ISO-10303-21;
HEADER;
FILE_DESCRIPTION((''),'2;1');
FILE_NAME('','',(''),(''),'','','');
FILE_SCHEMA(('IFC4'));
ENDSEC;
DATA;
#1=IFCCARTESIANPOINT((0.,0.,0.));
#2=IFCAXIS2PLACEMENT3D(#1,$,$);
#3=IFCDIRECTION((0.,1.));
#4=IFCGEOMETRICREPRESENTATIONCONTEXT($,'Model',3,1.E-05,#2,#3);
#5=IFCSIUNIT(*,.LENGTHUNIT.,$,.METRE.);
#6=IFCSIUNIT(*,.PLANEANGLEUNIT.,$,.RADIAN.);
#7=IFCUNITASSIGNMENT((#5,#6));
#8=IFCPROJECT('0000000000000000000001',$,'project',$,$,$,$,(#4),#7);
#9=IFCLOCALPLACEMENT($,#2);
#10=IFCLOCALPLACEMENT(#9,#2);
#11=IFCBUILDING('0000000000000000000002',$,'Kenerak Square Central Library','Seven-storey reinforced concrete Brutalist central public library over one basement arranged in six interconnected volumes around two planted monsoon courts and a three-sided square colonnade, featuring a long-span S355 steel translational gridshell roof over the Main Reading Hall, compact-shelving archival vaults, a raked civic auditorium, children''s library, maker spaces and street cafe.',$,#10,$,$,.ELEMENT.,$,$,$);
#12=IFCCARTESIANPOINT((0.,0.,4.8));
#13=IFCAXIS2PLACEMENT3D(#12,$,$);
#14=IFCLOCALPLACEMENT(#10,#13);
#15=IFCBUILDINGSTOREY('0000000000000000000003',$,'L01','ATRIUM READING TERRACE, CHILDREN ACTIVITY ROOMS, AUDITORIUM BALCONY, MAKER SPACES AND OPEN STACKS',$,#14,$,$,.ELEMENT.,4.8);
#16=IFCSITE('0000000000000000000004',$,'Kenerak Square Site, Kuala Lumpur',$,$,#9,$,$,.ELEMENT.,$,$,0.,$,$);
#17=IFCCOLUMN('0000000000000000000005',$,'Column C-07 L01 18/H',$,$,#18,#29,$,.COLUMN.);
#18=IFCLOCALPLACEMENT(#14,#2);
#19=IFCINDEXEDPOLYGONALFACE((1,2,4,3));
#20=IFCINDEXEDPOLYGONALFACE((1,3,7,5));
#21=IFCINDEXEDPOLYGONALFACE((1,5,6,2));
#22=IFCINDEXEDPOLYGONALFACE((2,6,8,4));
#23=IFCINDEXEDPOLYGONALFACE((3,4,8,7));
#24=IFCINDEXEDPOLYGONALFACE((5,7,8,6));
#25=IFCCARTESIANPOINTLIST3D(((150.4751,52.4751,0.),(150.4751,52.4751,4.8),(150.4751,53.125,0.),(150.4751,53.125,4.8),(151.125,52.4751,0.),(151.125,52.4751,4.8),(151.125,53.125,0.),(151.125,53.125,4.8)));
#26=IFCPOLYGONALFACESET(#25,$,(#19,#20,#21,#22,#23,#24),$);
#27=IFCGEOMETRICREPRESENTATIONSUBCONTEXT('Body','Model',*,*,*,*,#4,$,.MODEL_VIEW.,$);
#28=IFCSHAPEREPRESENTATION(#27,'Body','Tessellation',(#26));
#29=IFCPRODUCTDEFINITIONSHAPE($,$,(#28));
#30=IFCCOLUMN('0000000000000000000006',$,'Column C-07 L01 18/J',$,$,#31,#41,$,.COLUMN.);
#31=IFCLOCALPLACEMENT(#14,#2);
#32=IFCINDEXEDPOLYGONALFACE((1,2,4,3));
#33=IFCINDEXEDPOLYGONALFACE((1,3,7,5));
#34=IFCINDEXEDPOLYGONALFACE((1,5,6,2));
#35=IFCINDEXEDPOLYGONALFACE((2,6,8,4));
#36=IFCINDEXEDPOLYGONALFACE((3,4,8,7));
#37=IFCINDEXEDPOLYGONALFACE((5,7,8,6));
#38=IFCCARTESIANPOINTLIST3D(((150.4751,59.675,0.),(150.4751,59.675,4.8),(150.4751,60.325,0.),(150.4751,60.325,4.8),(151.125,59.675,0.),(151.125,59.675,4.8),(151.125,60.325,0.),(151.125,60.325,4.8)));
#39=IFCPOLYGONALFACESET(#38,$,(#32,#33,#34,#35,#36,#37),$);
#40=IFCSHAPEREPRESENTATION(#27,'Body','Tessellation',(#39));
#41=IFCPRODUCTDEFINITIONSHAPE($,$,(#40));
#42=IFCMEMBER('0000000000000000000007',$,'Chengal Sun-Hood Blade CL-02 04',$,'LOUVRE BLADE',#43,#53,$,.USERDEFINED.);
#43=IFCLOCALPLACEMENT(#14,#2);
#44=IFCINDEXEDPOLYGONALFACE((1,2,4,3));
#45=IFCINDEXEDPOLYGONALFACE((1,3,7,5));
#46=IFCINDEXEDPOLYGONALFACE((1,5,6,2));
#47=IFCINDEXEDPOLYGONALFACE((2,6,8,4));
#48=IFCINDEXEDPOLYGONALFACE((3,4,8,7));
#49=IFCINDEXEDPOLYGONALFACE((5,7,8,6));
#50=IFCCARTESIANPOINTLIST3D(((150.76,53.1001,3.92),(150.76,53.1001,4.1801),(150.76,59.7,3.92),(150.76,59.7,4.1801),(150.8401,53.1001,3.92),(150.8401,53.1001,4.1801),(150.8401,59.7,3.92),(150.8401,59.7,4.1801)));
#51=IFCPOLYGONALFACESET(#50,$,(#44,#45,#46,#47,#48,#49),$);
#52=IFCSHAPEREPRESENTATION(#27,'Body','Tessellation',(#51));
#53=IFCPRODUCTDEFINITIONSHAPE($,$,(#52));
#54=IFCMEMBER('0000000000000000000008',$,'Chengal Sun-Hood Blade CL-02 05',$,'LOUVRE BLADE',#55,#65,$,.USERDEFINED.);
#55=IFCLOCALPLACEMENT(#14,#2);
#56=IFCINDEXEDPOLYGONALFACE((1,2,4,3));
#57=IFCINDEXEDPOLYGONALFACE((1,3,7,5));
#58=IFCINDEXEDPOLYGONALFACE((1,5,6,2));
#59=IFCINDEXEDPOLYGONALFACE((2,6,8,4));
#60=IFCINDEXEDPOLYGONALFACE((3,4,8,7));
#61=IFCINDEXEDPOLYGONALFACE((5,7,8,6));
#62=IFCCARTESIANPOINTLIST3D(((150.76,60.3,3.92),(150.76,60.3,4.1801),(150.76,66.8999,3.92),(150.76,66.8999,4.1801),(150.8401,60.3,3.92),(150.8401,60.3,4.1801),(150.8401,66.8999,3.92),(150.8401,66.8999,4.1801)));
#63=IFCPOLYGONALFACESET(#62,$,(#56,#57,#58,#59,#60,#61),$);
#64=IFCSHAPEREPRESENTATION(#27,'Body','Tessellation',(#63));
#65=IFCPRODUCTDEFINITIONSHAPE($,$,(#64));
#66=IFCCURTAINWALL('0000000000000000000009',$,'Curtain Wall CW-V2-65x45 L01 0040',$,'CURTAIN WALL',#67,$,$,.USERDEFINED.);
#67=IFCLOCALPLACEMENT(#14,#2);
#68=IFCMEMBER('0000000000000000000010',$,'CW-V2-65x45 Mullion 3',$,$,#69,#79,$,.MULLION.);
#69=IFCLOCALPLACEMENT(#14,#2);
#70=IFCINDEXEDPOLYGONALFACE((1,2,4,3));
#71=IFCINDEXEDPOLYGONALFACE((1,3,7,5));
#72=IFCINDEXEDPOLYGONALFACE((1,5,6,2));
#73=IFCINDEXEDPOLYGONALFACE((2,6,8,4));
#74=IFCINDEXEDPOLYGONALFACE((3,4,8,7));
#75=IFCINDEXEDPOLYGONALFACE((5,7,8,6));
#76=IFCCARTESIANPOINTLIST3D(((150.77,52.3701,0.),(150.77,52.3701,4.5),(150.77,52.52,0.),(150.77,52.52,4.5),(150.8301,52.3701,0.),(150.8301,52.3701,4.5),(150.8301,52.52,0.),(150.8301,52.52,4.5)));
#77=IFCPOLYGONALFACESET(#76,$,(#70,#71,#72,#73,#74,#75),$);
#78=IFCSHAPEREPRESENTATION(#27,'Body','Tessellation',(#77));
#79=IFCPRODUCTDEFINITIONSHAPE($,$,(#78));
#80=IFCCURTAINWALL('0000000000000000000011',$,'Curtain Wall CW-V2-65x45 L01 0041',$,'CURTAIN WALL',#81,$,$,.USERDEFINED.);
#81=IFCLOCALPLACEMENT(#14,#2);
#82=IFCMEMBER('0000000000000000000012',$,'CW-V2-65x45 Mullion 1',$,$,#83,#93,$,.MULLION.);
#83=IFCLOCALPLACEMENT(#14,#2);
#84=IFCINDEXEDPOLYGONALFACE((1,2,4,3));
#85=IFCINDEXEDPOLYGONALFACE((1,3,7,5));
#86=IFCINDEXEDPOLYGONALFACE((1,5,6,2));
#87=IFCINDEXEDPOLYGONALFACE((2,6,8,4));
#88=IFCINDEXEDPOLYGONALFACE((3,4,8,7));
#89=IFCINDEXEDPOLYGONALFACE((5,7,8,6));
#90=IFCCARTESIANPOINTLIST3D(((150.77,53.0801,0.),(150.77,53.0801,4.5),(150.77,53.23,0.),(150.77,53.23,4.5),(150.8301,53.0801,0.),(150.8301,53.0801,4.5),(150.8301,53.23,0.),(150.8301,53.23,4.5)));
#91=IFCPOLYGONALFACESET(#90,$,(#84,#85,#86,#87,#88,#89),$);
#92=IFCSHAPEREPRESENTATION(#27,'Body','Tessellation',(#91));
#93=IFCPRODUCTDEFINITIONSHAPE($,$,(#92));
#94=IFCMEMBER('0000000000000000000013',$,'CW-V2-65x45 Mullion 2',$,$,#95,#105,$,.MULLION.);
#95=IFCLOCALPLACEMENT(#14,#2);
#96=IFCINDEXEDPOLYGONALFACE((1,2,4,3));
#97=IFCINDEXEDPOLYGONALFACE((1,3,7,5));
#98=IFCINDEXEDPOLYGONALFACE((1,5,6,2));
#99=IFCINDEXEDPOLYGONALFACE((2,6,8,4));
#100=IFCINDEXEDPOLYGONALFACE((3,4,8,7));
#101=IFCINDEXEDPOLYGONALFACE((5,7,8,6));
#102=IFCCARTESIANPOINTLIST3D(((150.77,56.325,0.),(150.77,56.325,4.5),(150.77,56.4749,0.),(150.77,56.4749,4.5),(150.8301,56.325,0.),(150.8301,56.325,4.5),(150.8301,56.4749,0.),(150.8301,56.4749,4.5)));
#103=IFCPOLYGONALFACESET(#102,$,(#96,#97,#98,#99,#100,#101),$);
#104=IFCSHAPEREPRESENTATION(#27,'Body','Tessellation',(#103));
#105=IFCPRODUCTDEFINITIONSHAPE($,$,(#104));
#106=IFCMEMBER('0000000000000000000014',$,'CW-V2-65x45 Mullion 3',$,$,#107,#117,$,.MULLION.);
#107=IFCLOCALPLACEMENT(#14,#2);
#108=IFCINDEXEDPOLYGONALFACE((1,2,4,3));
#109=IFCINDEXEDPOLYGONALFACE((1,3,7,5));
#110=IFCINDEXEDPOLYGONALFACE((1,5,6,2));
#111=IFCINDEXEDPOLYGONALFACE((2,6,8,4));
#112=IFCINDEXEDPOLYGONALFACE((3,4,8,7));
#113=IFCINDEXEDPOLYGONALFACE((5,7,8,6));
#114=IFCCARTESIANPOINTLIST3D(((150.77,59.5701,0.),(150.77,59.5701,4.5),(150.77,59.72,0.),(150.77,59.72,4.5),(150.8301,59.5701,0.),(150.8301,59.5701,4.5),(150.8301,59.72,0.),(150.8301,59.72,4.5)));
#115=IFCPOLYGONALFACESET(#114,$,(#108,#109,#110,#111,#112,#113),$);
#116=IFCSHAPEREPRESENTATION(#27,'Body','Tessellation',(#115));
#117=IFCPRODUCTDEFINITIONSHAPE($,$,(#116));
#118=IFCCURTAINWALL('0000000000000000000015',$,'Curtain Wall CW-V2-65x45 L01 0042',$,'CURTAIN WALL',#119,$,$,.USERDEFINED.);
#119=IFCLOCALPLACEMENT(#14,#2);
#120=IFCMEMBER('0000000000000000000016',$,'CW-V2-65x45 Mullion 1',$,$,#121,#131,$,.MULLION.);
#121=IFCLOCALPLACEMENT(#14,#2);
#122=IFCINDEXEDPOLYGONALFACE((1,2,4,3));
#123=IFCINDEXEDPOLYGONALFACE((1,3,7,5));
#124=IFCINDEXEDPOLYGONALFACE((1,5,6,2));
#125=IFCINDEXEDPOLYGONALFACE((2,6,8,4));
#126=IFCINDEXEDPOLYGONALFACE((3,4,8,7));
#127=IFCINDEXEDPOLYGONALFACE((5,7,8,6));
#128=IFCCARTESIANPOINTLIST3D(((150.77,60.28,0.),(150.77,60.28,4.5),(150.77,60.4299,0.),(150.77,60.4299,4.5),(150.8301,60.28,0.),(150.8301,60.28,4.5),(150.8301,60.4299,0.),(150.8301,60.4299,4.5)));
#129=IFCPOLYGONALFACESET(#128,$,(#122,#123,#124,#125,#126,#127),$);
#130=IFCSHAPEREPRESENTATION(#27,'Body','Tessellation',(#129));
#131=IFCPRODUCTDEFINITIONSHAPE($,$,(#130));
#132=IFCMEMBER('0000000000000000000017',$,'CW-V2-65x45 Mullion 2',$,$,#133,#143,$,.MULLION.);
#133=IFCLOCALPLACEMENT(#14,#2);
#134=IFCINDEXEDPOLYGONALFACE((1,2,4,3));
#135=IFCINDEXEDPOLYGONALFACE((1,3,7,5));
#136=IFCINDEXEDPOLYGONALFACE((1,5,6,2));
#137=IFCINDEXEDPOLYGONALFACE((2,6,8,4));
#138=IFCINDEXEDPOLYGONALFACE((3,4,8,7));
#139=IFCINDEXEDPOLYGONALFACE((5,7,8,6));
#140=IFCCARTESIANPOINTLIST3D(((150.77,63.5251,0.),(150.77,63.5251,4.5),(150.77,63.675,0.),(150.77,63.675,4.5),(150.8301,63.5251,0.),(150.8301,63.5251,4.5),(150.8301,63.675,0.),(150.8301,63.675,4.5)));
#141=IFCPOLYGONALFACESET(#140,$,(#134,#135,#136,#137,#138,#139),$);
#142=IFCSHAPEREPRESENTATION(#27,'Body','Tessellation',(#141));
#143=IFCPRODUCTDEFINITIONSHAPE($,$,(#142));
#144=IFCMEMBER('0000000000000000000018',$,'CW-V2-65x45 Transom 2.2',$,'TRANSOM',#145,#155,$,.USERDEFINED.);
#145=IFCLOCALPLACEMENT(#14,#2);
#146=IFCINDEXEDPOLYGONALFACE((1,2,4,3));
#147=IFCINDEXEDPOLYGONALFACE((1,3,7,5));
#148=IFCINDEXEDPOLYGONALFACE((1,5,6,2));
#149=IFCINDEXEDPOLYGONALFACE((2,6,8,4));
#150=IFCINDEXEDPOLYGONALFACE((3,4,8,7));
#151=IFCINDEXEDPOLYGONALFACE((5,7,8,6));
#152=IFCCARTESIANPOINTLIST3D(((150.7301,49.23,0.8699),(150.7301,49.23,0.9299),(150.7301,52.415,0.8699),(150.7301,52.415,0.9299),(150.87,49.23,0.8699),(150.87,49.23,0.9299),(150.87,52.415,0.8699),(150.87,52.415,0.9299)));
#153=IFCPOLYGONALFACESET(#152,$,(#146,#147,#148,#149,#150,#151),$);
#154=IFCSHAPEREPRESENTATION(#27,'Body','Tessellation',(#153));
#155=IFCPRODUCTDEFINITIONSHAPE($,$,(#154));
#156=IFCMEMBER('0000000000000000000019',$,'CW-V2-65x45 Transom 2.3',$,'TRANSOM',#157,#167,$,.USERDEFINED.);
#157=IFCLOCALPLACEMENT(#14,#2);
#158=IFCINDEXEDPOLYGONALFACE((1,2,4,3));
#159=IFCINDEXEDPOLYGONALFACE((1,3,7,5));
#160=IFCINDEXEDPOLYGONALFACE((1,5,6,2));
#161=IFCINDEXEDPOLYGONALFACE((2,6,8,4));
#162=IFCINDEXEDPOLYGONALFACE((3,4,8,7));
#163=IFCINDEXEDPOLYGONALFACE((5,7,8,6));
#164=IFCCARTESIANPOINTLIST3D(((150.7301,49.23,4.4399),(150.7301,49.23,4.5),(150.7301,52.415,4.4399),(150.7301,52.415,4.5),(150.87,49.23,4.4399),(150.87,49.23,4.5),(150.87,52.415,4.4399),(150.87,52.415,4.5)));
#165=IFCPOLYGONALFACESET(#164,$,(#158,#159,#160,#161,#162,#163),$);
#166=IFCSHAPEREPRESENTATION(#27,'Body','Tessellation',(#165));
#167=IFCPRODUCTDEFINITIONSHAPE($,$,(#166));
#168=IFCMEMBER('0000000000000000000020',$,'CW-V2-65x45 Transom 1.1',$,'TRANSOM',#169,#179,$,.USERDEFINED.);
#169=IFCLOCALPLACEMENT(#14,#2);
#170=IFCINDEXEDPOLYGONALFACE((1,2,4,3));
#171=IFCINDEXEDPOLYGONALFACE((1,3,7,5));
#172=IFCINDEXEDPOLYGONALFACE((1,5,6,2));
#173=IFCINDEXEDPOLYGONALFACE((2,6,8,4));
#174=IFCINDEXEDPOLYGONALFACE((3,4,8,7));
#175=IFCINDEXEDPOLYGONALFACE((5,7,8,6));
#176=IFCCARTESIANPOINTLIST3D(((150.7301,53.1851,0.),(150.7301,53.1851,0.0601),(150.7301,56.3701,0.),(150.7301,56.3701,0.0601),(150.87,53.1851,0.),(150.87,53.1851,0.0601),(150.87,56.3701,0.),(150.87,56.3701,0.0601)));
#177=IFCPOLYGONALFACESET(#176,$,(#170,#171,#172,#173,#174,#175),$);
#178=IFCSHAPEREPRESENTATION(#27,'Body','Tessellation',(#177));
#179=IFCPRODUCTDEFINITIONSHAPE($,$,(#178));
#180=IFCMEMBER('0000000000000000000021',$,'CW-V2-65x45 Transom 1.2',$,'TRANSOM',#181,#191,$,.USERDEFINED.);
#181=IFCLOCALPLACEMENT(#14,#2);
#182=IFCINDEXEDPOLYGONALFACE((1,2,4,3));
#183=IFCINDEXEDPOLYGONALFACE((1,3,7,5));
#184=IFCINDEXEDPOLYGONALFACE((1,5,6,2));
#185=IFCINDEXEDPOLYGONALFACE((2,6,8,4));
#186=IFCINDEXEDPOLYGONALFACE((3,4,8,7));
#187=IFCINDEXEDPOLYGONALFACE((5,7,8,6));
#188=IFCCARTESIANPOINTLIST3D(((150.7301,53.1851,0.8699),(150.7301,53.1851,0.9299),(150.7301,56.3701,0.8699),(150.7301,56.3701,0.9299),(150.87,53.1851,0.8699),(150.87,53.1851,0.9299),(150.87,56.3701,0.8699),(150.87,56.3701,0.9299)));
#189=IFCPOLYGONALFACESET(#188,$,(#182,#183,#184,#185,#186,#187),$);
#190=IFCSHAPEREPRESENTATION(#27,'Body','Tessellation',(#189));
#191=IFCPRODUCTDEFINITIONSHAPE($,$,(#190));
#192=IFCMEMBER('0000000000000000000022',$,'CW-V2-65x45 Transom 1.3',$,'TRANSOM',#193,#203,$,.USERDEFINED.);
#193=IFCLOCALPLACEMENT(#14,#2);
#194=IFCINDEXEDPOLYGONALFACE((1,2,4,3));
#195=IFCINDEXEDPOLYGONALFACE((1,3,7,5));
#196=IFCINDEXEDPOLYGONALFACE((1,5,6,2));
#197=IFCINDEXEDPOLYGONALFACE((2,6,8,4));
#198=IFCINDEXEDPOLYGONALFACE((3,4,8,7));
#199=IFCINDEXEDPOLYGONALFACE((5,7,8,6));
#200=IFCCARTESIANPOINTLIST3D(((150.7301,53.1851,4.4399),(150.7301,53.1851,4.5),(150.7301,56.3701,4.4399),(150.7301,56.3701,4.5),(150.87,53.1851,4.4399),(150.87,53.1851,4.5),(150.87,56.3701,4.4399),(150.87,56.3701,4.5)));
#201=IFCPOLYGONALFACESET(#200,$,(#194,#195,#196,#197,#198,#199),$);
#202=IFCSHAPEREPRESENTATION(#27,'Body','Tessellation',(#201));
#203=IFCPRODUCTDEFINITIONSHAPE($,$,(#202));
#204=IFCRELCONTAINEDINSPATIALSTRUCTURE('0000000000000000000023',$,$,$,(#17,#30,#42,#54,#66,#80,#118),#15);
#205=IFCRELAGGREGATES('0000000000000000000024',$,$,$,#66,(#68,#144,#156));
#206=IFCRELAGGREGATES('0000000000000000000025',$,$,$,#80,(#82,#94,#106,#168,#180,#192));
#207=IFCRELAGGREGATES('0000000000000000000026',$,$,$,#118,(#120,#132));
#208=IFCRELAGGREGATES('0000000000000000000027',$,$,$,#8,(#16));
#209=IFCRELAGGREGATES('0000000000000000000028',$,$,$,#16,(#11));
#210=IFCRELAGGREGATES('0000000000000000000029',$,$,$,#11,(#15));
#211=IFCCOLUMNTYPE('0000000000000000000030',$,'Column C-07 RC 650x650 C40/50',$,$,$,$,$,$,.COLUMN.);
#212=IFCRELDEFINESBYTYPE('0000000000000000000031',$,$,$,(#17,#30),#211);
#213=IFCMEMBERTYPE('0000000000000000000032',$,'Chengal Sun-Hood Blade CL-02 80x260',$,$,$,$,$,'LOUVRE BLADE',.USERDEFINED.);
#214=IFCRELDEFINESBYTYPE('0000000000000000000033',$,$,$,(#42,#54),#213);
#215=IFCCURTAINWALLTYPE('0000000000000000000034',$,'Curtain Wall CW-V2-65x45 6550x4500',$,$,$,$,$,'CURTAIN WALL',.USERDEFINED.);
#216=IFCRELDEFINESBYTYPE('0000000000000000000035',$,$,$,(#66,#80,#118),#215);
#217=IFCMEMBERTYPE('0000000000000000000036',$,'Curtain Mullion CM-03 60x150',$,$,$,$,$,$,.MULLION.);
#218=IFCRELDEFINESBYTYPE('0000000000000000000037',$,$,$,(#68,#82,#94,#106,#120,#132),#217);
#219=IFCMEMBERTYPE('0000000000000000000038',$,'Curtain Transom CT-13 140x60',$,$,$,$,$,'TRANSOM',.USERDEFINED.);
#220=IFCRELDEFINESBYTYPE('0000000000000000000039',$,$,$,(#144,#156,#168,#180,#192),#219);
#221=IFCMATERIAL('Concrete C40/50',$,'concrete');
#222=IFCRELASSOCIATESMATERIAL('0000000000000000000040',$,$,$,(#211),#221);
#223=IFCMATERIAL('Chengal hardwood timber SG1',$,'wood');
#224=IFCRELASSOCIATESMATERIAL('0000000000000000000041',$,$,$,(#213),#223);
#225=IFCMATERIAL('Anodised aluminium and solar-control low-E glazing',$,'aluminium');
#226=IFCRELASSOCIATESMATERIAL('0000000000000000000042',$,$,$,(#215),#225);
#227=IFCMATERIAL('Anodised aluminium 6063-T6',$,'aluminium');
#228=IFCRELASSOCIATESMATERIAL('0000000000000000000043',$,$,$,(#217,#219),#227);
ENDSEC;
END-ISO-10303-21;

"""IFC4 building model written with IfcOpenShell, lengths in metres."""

from ifc_helpers import new_model, si_unit, direction, frame, origin, origin_2d, place, context, subcontext, project, spatial, rectangle, extrude, material, material_profile, profile_set, type_object, element, aggregate, save


model = new_model("IFC4")

# Units and contexts
model_context = context("Model", 3, precision=1e-05, world=origin(), true_north=direction((0.0, 1.0)))
body_context = subcontext(model_context, "Body", "Model", "MODEL_VIEW")
ifc_project = project(units=[si_unit("LENGTHUNIT", "METRE"), si_unit("PLANEANGLEUNIT", "RADIAN")], contexts=[model_context])

# Site, building, storey
site_placement = place(None, origin())
site = spatial("IfcSite", under=ifc_project, at=site_placement, Name="Kenerak Square Site, Kuala Lumpur", CompositionType="ELEMENT", RefElevation=0.0)
building_placement = place(site_placement, origin())
building = spatial("IfcBuilding", under=site, at=building_placement, Name="Kenerak Square Central Library", Description="Seven-storey reinforced concrete Brutalist central public library over one basement arranged in six interconnected volumes around two planted monsoon courts and a three-sided square colonnade, featuring a long-span S355 steel translational gridshell roof over the Main Reading Hall, compact-shelving archival vaults, a raked civic auditorium, children's library, maker spaces and street cafe.", CompositionType="ELEMENT")
storey_placement = place(building_placement, frame((0.0, 0.0, 4.8)))
storey = spatial("IfcBuildingStorey", under=building, at=storey_placement, Name="L01", Description="ATRIUM READING TERRACE, CHILDREN ACTIVITY ROOMS, AUDITORIUM BALCONY, MAKER SPACES AND OPEN STACKS", CompositionType="ELEMENT", Elevation=4.8)

# Columns
ifc_material_1 = material(Name="Concrete C40/50", Category="concrete")
ifc_material_profile_1 = material_profile(ifc_material_1, rectangle(XDim=0.6499, YDim=0.6499, at=origin_2d()), Name="RC 650x650")
ifc_profile_set_1 = profile_set([ifc_material_profile_1], Name="Concrete C40/50")
column_type = type_object("IfcColumnType", Name="Column C-07 RC 650x650 C40/50", PredefinedType="COLUMN", material=ifc_profile_set_1)
for number, where, z_axis, x_axis, name in (
    (1, (150.8, 52.8, 0.0), (0.0, 0.0, 1.0), (1.0, 0.0, 0.0), "Column C-07 L01 18/H"),
    (2, (150.8, 60.0, 0.0), (0.0, 0.0, 1.0), (1.0, 0.0, 0.0), "Column C-07 L01 18/J"),
):
    element("IfcColumn", number, at=place(storey_placement, frame(where, z_axis=z_axis, x_axis=x_axis)), inside=storey, type_object=column_type, Name=name, PredefinedType="COLUMN", context=body_context, shape_type="SweptSolid", body=[
        extrude(rectangle(XDim=0.6499, YDim=0.6499, at=origin_2d()), origin(), (0.0, 0.0, 1.0), 4.8),
    ])

# Members
ifc_material_2 = material(Name="Chengal hardwood timber SG1", Category="wood")
ifc_material_profile_2 = material_profile(ifc_material_2, rectangle(XDim=0.0801, YDim=0.26, at=origin_2d()), Name="CHENGAL 80x260")
ifc_profile_set_2 = profile_set([ifc_material_profile_2], Name="Chengal hardwood timber SG1")
member_type_1 = type_object("IfcMemberType", Name="Chengal Sun-Hood Blade CL-02 80x260", ElementType="LOUVRE BLADE", PredefinedType="USERDEFINED", material=ifc_profile_set_2)
for number, where, z_axis, x_axis, name in (
    (3, (150.8, 53.1001, 4.05), (0.0, 1.0, 0.0), (-1.0, 0.0, 0.0), "Chengal Sun-Hood Blade CL-02 04"),
    (4, (150.8, 60.3, 4.05), (0.0, 1.0, 0.0), (-1.0, 0.0, 0.0), "Chengal Sun-Hood Blade CL-02 05"),
):
    element("IfcMember", number, at=place(storey_placement, frame(where, z_axis=z_axis, x_axis=x_axis)), inside=storey, type_object=member_type_1, Name=name, ObjectType="LOUVRE BLADE", PredefinedType="USERDEFINED", context=body_context, shape_type="SweptSolid", body=[
        extrude(rectangle(XDim=0.0801, YDim=0.26, at=origin_2d()), origin(), (0.0, 0.0, 1.0), 6.5999),
    ])

# Curtain wall, member
ifc_material_3 = material(Name="Anodised aluminium and solar-control low-E glazing", Category="aluminium")
curtain_wall_type = type_object("IfcCurtainWallType", Name="Curtain Wall CW-V2-65x45 6550x4500", ElementType="CURTAIN WALL", PredefinedType="USERDEFINED", material=ifc_material_3)
curtain_wall_1_placement = place(storey_placement, origin())
curtain_wall_1 = element("IfcCurtainWall", 5, at=curtain_wall_1_placement, inside=storey, type_object=curtain_wall_type, Name="Curtain Wall CW-V2-65x45 L01 0040", ObjectType="CURTAIN WALL", PredefinedType="USERDEFINED")
ifc_material_4 = material(Name="Anodised aluminium 6063-T6", Category="aluminium")
ifc_material_profile_3 = material_profile(ifc_material_4, rectangle(XDim=0.0601, YDim=0.1499, at=origin_2d()), Name="AL MULLION 60x150")
ifc_profile_set_3 = profile_set([ifc_material_profile_3], Name="Anodised aluminium 6063-T6")
member_type_2 = type_object("IfcMemberType", Name="Curtain Mullion CM-03 60x150", PredefinedType="MULLION", material=ifc_profile_set_3)
member_1_placement = place(storey_placement, frame((150.8, 52.4451, 0.0), z_axis=(0.0, 0.0, 1.0), x_axis=(-1.0, 0.0, 0.0)))
member_1 = element("IfcMember", 6, at=member_1_placement, type_object=member_type_2, Name="CW-V2-65x45 Mullion 3", PredefinedType="MULLION", context=body_context, shape_type="SweptSolid", body=[
    extrude(rectangle(XDim=0.0601, YDim=0.1499, at=origin_2d()), origin(), (0.0, 0.0, 1.0), 4.5),
])

# Curtain walls, members
curtain_wall_2_placement = place(storey_placement, origin())
curtain_wall_2 = element("IfcCurtainWall", 7, at=curtain_wall_2_placement, inside=storey, type_object=curtain_wall_type, Name="Curtain Wall CW-V2-65x45 L01 0041", ObjectType="CURTAIN WALL", PredefinedType="USERDEFINED")
member_2_placement = place(storey_placement, frame((150.8, 53.155, 0.0), z_axis=(0.0, 0.0, 1.0), x_axis=(-1.0, 0.0, 0.0)))
member_2 = element("IfcMember", 8, at=member_2_placement, type_object=member_type_2, Name="CW-V2-65x45 Mullion 1", PredefinedType="MULLION", context=body_context, shape_type="SweptSolid", body=[
    extrude(rectangle(XDim=0.0601, YDim=0.1499, at=origin_2d()), origin(), (0.0, 0.0, 1.0), 4.5),
])
member_3_placement = place(storey_placement, frame((150.8, 56.3999, 0.0), z_axis=(0.0, 0.0, 1.0), x_axis=(-1.0, 0.0, 0.0)))
member_3 = element("IfcMember", 9, at=member_3_placement, type_object=member_type_2, Name="CW-V2-65x45 Mullion 2", PredefinedType="MULLION", context=body_context, shape_type="SweptSolid", body=[
    extrude(rectangle(XDim=0.0601, YDim=0.1499, at=origin_2d()), origin(), (0.0, 0.0, 1.0), 4.5),
])
member_4_placement = place(storey_placement, frame((150.8, 59.645, 0.0), z_axis=(0.0, 0.0, 1.0), x_axis=(-1.0, 0.0, 0.0)))
member_4 = element("IfcMember", 10, at=member_4_placement, type_object=member_type_2, Name="CW-V2-65x45 Mullion 3", PredefinedType="MULLION", context=body_context, shape_type="SweptSolid", body=[
    extrude(rectangle(XDim=0.0601, YDim=0.1499, at=origin_2d()), origin(), (0.0, 0.0, 1.0), 4.5),
])
curtain_wall_3_placement = place(storey_placement, origin())
curtain_wall_3 = element("IfcCurtainWall", 11, at=curtain_wall_3_placement, inside=storey, type_object=curtain_wall_type, Name="Curtain Wall CW-V2-65x45 L01 0042", ObjectType="CURTAIN WALL", PredefinedType="USERDEFINED")
member_5_placement = place(storey_placement, frame((150.8, 60.355, 0.0), z_axis=(0.0, 0.0, 1.0), x_axis=(-1.0, 0.0, 0.0)))
member_5 = element("IfcMember", 12, at=member_5_placement, type_object=member_type_2, Name="CW-V2-65x45 Mullion 1", PredefinedType="MULLION", context=body_context, shape_type="SweptSolid", body=[
    extrude(rectangle(XDim=0.0601, YDim=0.1499, at=origin_2d()), origin(), (0.0, 0.0, 1.0), 4.5),
])
member_6_placement = place(storey_placement, frame((150.8, 63.6001, 0.0), z_axis=(0.0, 0.0, 1.0), x_axis=(-1.0, 0.0, 0.0)))
member_6 = element("IfcMember", 13, at=member_6_placement, type_object=member_type_2, Name="CW-V2-65x45 Mullion 2", PredefinedType="MULLION", context=body_context, shape_type="SweptSolid", body=[
    extrude(rectangle(XDim=0.0601, YDim=0.1499, at=origin_2d()), origin(), (0.0, 0.0, 1.0), 4.5),
])

# Members
ifc_material_profile_4 = material_profile(ifc_material_4, rectangle(XDim=0.1399, YDim=0.0601, at=origin_2d()), Name="AL TRANSOM 140x60")
ifc_profile_set_4 = profile_set([ifc_material_profile_4], Name="Anodised aluminium 6063-T6")
member_type_3 = type_object("IfcMemberType", Name="Curtain Transom CT-13 140x60", ElementType="TRANSOM", PredefinedType="USERDEFINED", material=ifc_profile_set_4)
member_7_placement = place(storey_placement, frame((150.8, 49.23, 0.8999), z_axis=(0.0, 1.0, 0.0), x_axis=(-1.0, 0.0, 0.0)))
member_7 = element("IfcMember", 14, at=member_7_placement, type_object=member_type_3, Name="CW-V2-65x45 Transom 2.2", ObjectType="TRANSOM", PredefinedType="USERDEFINED", context=body_context, shape_type="SweptSolid", body=[
    extrude(rectangle(XDim=0.1399, YDim=0.0601, at=origin_2d()), origin(), (0.0, 0.0, 1.0), 3.1851),
])
member_8_placement = place(storey_placement, frame((150.8, 49.23, 4.47), z_axis=(0.0, 1.0, 0.0), x_axis=(-1.0, 0.0, 0.0)))
member_8 = element("IfcMember", 15, at=member_8_placement, type_object=member_type_3, Name="CW-V2-65x45 Transom 2.3", ObjectType="TRANSOM", PredefinedType="USERDEFINED", context=body_context, shape_type="SweptSolid", body=[
    extrude(rectangle(XDim=0.1399, YDim=0.0601, at=origin_2d()), origin(), (0.0, 0.0, 1.0), 3.1851),
])
member_9_placement = place(storey_placement, frame((150.8, 53.1851, 0.03), z_axis=(0.0, 1.0, 0.0), x_axis=(-1.0, 0.0, 0.0)))
member_9 = element("IfcMember", 16, at=member_9_placement, type_object=member_type_3, Name="CW-V2-65x45 Transom 1.1", ObjectType="TRANSOM", PredefinedType="USERDEFINED", context=body_context, shape_type="SweptSolid", body=[
    extrude(rectangle(XDim=0.1399, YDim=0.0601, at=origin_2d()), origin(), (0.0, 0.0, 1.0), 3.1851),
])
member_10_placement = place(storey_placement, frame((150.8, 53.1851, 0.8999), z_axis=(0.0, 1.0, 0.0), x_axis=(-1.0, 0.0, 0.0)))
member_10 = element("IfcMember", 17, at=member_10_placement, type_object=member_type_3, Name="CW-V2-65x45 Transom 1.2", ObjectType="TRANSOM", PredefinedType="USERDEFINED", context=body_context, shape_type="SweptSolid", body=[
    extrude(rectangle(XDim=0.1399, YDim=0.0601, at=origin_2d()), origin(), (0.0, 0.0, 1.0), 3.1851),
])
member_11_placement = place(storey_placement, frame((150.8, 53.1851, 4.47), z_axis=(0.0, 1.0, 0.0), x_axis=(-1.0, 0.0, 0.0)))
member_11 = element("IfcMember", 18, at=member_11_placement, type_object=member_type_3, Name="CW-V2-65x45 Transom 1.3", ObjectType="TRANSOM", PredefinedType="USERDEFINED", context=body_context, shape_type="SweptSolid", body=[
    extrude(rectangle(XDim=0.1399, YDim=0.0601, at=origin_2d()), origin(), (0.0, 0.0, 1.0), 3.1851),
])

aggregate(curtain_wall_1, [member_1, member_7, member_8])
aggregate(curtain_wall_2, [member_2, member_3, member_4, member_9, member_10, member_11])
aggregate(curtain_wall_3, [member_5, member_6])

save(model, "model.ifc")
